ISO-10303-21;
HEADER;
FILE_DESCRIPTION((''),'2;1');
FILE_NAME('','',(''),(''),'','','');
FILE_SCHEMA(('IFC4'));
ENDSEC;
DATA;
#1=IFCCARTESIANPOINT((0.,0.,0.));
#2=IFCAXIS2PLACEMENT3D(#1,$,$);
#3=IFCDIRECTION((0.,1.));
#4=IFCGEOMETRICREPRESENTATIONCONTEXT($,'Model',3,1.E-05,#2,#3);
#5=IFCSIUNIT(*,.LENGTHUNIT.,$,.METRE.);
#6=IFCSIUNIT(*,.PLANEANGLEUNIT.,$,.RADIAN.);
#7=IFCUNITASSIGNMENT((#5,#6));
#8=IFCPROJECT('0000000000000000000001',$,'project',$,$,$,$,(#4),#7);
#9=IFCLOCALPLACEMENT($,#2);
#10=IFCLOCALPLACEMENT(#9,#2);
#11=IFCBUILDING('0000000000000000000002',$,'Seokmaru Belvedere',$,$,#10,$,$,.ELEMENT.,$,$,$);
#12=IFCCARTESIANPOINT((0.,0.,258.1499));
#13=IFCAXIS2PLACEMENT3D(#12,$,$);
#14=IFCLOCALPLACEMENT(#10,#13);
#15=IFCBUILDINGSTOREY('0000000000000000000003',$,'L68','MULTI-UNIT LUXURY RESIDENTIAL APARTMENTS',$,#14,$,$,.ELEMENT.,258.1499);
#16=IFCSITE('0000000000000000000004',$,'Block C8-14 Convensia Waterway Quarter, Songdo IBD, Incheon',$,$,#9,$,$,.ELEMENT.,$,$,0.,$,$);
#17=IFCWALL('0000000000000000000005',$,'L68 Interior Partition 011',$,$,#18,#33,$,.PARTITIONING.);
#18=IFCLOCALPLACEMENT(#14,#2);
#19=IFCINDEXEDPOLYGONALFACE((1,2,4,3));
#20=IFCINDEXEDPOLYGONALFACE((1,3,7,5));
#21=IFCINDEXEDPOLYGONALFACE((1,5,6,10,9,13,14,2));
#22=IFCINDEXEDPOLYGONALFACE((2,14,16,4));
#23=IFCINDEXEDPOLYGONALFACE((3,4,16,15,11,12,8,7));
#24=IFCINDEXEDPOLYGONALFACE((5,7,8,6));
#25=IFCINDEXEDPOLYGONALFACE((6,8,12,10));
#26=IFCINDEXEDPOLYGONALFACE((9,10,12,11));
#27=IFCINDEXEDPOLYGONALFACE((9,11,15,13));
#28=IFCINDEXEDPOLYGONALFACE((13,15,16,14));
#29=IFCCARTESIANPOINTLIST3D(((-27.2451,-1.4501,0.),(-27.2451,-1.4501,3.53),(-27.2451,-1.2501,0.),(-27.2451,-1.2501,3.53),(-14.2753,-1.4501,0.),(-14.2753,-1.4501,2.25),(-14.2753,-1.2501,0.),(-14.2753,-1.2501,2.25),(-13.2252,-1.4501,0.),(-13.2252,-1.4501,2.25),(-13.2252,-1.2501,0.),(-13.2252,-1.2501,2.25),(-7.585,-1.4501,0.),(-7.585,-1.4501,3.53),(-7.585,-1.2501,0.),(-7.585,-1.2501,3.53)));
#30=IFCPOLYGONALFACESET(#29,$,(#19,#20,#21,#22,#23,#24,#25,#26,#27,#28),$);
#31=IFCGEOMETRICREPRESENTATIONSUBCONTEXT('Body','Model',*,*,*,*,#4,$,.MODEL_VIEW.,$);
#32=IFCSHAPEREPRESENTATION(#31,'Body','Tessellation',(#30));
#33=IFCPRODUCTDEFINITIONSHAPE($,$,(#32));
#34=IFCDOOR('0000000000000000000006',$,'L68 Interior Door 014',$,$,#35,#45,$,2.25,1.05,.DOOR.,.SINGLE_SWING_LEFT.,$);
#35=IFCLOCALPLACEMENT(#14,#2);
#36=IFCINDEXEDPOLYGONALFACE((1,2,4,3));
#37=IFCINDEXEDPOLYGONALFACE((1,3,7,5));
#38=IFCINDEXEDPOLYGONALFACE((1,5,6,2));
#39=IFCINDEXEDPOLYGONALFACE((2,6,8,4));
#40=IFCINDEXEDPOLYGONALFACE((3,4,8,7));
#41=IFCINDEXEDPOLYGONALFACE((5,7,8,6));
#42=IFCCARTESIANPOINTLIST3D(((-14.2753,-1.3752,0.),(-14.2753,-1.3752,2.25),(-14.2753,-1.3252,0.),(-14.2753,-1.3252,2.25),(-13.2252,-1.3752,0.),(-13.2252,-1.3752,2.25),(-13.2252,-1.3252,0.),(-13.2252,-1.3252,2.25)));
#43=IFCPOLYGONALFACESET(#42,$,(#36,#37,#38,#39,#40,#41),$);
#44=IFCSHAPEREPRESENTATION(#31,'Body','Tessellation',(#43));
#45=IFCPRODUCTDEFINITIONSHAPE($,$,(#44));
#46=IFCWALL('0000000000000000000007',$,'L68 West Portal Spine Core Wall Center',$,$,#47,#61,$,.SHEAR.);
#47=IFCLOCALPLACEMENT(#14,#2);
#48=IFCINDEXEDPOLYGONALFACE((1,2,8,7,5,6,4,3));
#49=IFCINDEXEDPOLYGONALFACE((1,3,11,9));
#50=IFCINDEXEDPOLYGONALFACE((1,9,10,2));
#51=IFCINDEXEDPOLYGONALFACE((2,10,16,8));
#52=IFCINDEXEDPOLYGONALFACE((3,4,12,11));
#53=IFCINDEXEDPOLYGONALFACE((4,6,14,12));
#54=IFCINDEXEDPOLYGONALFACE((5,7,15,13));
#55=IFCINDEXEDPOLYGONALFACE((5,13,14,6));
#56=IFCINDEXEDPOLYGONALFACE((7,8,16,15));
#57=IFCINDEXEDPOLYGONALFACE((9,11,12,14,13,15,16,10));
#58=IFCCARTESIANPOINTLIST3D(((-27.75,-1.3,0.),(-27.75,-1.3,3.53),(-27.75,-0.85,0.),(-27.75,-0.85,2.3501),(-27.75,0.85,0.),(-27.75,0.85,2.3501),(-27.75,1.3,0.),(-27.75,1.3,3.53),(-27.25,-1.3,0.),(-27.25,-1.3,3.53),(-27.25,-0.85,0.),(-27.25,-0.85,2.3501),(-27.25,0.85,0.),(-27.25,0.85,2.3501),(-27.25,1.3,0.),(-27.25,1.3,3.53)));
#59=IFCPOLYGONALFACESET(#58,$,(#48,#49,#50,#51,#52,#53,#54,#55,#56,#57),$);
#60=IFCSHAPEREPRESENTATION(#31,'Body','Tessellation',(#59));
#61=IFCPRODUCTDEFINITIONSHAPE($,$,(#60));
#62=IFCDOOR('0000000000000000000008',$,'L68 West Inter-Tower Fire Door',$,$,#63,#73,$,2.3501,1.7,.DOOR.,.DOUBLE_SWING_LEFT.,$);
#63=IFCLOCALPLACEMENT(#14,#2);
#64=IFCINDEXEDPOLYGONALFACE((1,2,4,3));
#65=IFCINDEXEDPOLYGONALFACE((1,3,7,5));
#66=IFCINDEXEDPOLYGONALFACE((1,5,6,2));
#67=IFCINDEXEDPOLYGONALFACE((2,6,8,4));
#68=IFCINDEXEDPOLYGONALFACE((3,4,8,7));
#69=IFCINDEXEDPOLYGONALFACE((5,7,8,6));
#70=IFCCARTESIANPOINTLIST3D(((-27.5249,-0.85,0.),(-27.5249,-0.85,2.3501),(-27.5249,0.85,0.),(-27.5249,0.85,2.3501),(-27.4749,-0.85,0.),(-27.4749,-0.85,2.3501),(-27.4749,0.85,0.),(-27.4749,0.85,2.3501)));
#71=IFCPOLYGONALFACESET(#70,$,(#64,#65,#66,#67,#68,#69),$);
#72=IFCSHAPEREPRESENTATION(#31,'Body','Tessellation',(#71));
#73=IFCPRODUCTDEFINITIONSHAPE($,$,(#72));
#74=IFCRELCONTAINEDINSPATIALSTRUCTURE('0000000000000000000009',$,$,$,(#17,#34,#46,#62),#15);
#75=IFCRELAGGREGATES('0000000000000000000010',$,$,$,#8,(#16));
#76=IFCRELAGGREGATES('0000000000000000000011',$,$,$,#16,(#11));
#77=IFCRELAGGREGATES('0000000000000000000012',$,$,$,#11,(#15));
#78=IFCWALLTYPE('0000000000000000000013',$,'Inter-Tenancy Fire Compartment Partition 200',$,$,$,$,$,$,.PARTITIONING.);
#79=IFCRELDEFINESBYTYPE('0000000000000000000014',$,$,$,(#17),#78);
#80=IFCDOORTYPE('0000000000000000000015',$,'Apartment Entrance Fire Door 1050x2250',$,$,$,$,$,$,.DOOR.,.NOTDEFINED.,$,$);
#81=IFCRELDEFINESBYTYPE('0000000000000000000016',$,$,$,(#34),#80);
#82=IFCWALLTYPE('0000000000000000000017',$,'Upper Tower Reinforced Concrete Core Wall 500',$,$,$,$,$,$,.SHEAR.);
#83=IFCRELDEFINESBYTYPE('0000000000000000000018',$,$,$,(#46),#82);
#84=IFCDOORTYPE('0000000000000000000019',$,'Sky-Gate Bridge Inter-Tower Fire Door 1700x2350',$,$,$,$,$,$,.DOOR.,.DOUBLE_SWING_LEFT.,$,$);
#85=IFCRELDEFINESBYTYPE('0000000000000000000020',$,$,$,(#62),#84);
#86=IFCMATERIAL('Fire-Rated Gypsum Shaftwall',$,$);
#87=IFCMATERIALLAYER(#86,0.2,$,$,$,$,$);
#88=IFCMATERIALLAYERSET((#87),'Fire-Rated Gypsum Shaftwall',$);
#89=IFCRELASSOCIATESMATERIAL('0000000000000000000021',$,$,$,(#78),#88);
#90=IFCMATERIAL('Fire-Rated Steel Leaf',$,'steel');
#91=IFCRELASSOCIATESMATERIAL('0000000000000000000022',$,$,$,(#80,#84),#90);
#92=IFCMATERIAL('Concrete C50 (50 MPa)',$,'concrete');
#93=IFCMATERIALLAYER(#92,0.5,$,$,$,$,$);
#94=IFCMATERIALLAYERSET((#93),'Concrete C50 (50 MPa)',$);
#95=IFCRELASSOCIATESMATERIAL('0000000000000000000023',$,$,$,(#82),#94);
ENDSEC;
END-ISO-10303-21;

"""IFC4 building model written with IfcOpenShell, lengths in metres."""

from ifc_helpers import new_model, si_unit, direction, frame, frame_2d, origin, place, context, subcontext, project, spatial, rectangle, extrude, source, transform, mapped, material, layer, layer_set, type_object, type_shapes, element, fill, save


model = new_model("IFC4")

# Units and contexts
model_context = context("Model", 3, precision=1e-05, world=origin(), true_north=direction((0.0, 1.0)))
body_context = subcontext(model_context, "Body", "Model", "MODEL_VIEW")
ifc_project = project(units=[si_unit("LENGTHUNIT", "METRE"), si_unit("PLANEANGLEUNIT", "RADIAN")], contexts=[model_context])

# Site, building, storey
site_placement = place(None, origin())
site = spatial("IfcSite", under=ifc_project, at=site_placement, Name="Block C8-14 Convensia Waterway Quarter, Songdo IBD, Incheon", CompositionType="ELEMENT", RefElevation=0.0)
building_placement = place(site_placement, origin())
building = spatial("IfcBuilding", under=site, at=building_placement, Name="Seokmaru Belvedere", CompositionType="ELEMENT")
storey_placement = place(building_placement, frame((0.0, 0.0, 258.1499)))
storey = spatial("IfcBuildingStorey", under=building, at=storey_placement, Name="L68", Description="MULTI-UNIT LUXURY RESIDENTIAL APARTMENTS", CompositionType="ELEMENT", Elevation=258.1499)

# Shared definitions
ifc_material_1 = material(Name="Fire-Rated Gypsum Shaftwall")

# Shared definitions
ifc_material_2 = material(Name="Fire-Rated Steel Leaf", Category="steel")

# Walls, openings, doors
ifc_layer_1 = layer(ifc_material_1, 0.2)
ifc_layer_set_1 = layer_set([ifc_layer_1], Name="Fire-Rated Gypsum Shaftwall")
wall_type_1 = type_object("IfcWallType", Name="Inter-Tenancy Fire Compartment Partition 200", PredefinedType="PARTITIONING", material=ifc_layer_set_1)
door_type_1 = type_object("IfcDoorType", Name="Apartment Entrance Fire Door 1050x2250", OperationType="NOTDEFINED", PredefinedType="DOOR", material=ifc_material_2)
shared_shape_1 = source(origin(), body_context, "Body", "SweptSolid", [
    extrude(rectangle(XDim=1.05, YDim=2.25, at=frame_2d((0.5249, 1.125))), frame((0.0, 0.0249, 0.0), z_axis=(0.0, -1.0, 0.0), x_axis=(1.0, 0.0, 0.0)), (0.0, 0.0, 1.0), 0.05),
])
type_shapes(door_type_1, [shared_shape_1])
wall_1_placement = place(storey_placement, frame((-27.2451, -1.3501, 0.0), z_axis=(0.0, 0.0, 1.0), x_axis=(1.0, 0.0, 0.0)))
wall_1 = element("IfcWall", 1, at=wall_1_placement, inside=storey, type_object=wall_type_1, Name="L68 Interior Partition 011", PredefinedType="PARTITIONING", context=body_context, shape_type="SweptSolid", body=[
    extrude(rectangle(XDim=19.6602, YDim=0.2, at=frame_2d((9.8301, 0.0))), origin(), (0.0, 0.0, 1.0), 3.53),
])
opening_1_placement = place(wall_1_placement, frame((12.97, 0.0, 0.0)))
opening_1 = element("IfcOpeningElement", 2, at=opening_1_placement, cuts=wall_1, PredefinedType="OPENING", context=body_context, shape_type="SweptSolid", body=[
    extrude(rectangle(XDim=1.05, YDim=2.25, at=frame_2d((0.5249, 1.125))), frame((0.0, 0.1099, 0.0), z_axis=(0.0, -1.0, 0.0), x_axis=(1.0, 0.0, 0.0)), (0.0, 0.0, 1.0), 0.22),
])
door_1_placement = place(opening_1_placement, origin())
door_1 = element("IfcDoor", 3, at=door_1_placement, inside=storey, type_object=door_type_1, Name="L68 Interior Door 014", OperationType="SINGLE_SWING_LEFT", OverallHeight=2.25, OverallWidth=1.05, PredefinedType="DOOR", context=body_context, shape_type="MappedRepresentation", body=[
    mapped(shared_shape_1, transform((0.0, 0.0, 0.0), scale=1.0)),
])
fill(opening_1, door_1)
ifc_material_3 = material(Name="Concrete C50 (50 MPa)", Category="concrete")
ifc_layer_2 = layer(ifc_material_3, 0.5)
ifc_layer_set_2 = layer_set([ifc_layer_2], Name="Concrete C50 (50 MPa)")
wall_type_2 = type_object("IfcWallType", Name="Upper Tower Reinforced Concrete Core Wall 500", PredefinedType="SHEAR", material=ifc_layer_set_2)
wall_2_placement = place(storey_placement, frame((-27.5, -1.3, 0.0), z_axis=(0.0, 0.0, 1.0), x_axis=(0.0, 1.0, 0.0)))
wall_2 = element("IfcWall", 4, at=wall_2_placement, inside=storey, type_object=wall_type_2, Name="L68 West Portal Spine Core Wall Center", PredefinedType="SHEAR", context=body_context, shape_type="SweptSolid", body=[
    extrude(rectangle(XDim=2.6001, YDim=0.5, at=frame_2d((1.3, 0.0))), origin(), (0.0, 0.0, 1.0), 3.53),
])
opening_2_placement = place(wall_2_placement, frame((0.45, 0.0, 0.0)))
opening_2 = element("IfcOpeningElement", 5, at=opening_2_placement, cuts=wall_2, PredefinedType="OPENING", context=body_context, shape_type="SweptSolid", body=[
    extrude(rectangle(XDim=1.7, YDim=2.3501, at=frame_2d((0.8501, 1.175))), frame((0.0, 0.26, 0.0), z_axis=(0.0, -1.0, 0.0), x_axis=(1.0, 0.0, 0.0)), (0.0, 0.0, 1.0), 0.52),
])
door_type_2 = type_object("IfcDoorType", Name="Sky-Gate Bridge Inter-Tower Fire Door 1700x2350", OperationType="DOUBLE_SWING_LEFT", PredefinedType="DOOR", material=ifc_material_2)
shared_shape_2 = source(origin(), body_context, "Body", "SweptSolid", [
    extrude(rectangle(XDim=1.7, YDim=2.3501, at=frame_2d((0.8501, 1.175))), frame((0.0, 0.0249, 0.0), z_axis=(0.0, -1.0, 0.0), x_axis=(1.0, 0.0, 0.0)), (0.0, 0.0, 1.0), 0.05),
])
type_shapes(door_type_2, [shared_shape_2])
door_2_placement = place(opening_2_placement, origin())
door_2 = element("IfcDoor", 6, at=door_2_placement, inside=storey, type_object=door_type_2, Name="L68 West Inter-Tower Fire Door", OperationType="DOUBLE_SWING_LEFT", OverallHeight=2.3501, OverallWidth=1.7, PredefinedType="DOOR", context=body_context, shape_type="MappedRepresentation", body=[
    mapped(shared_shape_2, transform((0.0, 0.0, 0.0), scale=1.0)),
])
fill(opening_2, door_2)

save(model, "model.ifc")
